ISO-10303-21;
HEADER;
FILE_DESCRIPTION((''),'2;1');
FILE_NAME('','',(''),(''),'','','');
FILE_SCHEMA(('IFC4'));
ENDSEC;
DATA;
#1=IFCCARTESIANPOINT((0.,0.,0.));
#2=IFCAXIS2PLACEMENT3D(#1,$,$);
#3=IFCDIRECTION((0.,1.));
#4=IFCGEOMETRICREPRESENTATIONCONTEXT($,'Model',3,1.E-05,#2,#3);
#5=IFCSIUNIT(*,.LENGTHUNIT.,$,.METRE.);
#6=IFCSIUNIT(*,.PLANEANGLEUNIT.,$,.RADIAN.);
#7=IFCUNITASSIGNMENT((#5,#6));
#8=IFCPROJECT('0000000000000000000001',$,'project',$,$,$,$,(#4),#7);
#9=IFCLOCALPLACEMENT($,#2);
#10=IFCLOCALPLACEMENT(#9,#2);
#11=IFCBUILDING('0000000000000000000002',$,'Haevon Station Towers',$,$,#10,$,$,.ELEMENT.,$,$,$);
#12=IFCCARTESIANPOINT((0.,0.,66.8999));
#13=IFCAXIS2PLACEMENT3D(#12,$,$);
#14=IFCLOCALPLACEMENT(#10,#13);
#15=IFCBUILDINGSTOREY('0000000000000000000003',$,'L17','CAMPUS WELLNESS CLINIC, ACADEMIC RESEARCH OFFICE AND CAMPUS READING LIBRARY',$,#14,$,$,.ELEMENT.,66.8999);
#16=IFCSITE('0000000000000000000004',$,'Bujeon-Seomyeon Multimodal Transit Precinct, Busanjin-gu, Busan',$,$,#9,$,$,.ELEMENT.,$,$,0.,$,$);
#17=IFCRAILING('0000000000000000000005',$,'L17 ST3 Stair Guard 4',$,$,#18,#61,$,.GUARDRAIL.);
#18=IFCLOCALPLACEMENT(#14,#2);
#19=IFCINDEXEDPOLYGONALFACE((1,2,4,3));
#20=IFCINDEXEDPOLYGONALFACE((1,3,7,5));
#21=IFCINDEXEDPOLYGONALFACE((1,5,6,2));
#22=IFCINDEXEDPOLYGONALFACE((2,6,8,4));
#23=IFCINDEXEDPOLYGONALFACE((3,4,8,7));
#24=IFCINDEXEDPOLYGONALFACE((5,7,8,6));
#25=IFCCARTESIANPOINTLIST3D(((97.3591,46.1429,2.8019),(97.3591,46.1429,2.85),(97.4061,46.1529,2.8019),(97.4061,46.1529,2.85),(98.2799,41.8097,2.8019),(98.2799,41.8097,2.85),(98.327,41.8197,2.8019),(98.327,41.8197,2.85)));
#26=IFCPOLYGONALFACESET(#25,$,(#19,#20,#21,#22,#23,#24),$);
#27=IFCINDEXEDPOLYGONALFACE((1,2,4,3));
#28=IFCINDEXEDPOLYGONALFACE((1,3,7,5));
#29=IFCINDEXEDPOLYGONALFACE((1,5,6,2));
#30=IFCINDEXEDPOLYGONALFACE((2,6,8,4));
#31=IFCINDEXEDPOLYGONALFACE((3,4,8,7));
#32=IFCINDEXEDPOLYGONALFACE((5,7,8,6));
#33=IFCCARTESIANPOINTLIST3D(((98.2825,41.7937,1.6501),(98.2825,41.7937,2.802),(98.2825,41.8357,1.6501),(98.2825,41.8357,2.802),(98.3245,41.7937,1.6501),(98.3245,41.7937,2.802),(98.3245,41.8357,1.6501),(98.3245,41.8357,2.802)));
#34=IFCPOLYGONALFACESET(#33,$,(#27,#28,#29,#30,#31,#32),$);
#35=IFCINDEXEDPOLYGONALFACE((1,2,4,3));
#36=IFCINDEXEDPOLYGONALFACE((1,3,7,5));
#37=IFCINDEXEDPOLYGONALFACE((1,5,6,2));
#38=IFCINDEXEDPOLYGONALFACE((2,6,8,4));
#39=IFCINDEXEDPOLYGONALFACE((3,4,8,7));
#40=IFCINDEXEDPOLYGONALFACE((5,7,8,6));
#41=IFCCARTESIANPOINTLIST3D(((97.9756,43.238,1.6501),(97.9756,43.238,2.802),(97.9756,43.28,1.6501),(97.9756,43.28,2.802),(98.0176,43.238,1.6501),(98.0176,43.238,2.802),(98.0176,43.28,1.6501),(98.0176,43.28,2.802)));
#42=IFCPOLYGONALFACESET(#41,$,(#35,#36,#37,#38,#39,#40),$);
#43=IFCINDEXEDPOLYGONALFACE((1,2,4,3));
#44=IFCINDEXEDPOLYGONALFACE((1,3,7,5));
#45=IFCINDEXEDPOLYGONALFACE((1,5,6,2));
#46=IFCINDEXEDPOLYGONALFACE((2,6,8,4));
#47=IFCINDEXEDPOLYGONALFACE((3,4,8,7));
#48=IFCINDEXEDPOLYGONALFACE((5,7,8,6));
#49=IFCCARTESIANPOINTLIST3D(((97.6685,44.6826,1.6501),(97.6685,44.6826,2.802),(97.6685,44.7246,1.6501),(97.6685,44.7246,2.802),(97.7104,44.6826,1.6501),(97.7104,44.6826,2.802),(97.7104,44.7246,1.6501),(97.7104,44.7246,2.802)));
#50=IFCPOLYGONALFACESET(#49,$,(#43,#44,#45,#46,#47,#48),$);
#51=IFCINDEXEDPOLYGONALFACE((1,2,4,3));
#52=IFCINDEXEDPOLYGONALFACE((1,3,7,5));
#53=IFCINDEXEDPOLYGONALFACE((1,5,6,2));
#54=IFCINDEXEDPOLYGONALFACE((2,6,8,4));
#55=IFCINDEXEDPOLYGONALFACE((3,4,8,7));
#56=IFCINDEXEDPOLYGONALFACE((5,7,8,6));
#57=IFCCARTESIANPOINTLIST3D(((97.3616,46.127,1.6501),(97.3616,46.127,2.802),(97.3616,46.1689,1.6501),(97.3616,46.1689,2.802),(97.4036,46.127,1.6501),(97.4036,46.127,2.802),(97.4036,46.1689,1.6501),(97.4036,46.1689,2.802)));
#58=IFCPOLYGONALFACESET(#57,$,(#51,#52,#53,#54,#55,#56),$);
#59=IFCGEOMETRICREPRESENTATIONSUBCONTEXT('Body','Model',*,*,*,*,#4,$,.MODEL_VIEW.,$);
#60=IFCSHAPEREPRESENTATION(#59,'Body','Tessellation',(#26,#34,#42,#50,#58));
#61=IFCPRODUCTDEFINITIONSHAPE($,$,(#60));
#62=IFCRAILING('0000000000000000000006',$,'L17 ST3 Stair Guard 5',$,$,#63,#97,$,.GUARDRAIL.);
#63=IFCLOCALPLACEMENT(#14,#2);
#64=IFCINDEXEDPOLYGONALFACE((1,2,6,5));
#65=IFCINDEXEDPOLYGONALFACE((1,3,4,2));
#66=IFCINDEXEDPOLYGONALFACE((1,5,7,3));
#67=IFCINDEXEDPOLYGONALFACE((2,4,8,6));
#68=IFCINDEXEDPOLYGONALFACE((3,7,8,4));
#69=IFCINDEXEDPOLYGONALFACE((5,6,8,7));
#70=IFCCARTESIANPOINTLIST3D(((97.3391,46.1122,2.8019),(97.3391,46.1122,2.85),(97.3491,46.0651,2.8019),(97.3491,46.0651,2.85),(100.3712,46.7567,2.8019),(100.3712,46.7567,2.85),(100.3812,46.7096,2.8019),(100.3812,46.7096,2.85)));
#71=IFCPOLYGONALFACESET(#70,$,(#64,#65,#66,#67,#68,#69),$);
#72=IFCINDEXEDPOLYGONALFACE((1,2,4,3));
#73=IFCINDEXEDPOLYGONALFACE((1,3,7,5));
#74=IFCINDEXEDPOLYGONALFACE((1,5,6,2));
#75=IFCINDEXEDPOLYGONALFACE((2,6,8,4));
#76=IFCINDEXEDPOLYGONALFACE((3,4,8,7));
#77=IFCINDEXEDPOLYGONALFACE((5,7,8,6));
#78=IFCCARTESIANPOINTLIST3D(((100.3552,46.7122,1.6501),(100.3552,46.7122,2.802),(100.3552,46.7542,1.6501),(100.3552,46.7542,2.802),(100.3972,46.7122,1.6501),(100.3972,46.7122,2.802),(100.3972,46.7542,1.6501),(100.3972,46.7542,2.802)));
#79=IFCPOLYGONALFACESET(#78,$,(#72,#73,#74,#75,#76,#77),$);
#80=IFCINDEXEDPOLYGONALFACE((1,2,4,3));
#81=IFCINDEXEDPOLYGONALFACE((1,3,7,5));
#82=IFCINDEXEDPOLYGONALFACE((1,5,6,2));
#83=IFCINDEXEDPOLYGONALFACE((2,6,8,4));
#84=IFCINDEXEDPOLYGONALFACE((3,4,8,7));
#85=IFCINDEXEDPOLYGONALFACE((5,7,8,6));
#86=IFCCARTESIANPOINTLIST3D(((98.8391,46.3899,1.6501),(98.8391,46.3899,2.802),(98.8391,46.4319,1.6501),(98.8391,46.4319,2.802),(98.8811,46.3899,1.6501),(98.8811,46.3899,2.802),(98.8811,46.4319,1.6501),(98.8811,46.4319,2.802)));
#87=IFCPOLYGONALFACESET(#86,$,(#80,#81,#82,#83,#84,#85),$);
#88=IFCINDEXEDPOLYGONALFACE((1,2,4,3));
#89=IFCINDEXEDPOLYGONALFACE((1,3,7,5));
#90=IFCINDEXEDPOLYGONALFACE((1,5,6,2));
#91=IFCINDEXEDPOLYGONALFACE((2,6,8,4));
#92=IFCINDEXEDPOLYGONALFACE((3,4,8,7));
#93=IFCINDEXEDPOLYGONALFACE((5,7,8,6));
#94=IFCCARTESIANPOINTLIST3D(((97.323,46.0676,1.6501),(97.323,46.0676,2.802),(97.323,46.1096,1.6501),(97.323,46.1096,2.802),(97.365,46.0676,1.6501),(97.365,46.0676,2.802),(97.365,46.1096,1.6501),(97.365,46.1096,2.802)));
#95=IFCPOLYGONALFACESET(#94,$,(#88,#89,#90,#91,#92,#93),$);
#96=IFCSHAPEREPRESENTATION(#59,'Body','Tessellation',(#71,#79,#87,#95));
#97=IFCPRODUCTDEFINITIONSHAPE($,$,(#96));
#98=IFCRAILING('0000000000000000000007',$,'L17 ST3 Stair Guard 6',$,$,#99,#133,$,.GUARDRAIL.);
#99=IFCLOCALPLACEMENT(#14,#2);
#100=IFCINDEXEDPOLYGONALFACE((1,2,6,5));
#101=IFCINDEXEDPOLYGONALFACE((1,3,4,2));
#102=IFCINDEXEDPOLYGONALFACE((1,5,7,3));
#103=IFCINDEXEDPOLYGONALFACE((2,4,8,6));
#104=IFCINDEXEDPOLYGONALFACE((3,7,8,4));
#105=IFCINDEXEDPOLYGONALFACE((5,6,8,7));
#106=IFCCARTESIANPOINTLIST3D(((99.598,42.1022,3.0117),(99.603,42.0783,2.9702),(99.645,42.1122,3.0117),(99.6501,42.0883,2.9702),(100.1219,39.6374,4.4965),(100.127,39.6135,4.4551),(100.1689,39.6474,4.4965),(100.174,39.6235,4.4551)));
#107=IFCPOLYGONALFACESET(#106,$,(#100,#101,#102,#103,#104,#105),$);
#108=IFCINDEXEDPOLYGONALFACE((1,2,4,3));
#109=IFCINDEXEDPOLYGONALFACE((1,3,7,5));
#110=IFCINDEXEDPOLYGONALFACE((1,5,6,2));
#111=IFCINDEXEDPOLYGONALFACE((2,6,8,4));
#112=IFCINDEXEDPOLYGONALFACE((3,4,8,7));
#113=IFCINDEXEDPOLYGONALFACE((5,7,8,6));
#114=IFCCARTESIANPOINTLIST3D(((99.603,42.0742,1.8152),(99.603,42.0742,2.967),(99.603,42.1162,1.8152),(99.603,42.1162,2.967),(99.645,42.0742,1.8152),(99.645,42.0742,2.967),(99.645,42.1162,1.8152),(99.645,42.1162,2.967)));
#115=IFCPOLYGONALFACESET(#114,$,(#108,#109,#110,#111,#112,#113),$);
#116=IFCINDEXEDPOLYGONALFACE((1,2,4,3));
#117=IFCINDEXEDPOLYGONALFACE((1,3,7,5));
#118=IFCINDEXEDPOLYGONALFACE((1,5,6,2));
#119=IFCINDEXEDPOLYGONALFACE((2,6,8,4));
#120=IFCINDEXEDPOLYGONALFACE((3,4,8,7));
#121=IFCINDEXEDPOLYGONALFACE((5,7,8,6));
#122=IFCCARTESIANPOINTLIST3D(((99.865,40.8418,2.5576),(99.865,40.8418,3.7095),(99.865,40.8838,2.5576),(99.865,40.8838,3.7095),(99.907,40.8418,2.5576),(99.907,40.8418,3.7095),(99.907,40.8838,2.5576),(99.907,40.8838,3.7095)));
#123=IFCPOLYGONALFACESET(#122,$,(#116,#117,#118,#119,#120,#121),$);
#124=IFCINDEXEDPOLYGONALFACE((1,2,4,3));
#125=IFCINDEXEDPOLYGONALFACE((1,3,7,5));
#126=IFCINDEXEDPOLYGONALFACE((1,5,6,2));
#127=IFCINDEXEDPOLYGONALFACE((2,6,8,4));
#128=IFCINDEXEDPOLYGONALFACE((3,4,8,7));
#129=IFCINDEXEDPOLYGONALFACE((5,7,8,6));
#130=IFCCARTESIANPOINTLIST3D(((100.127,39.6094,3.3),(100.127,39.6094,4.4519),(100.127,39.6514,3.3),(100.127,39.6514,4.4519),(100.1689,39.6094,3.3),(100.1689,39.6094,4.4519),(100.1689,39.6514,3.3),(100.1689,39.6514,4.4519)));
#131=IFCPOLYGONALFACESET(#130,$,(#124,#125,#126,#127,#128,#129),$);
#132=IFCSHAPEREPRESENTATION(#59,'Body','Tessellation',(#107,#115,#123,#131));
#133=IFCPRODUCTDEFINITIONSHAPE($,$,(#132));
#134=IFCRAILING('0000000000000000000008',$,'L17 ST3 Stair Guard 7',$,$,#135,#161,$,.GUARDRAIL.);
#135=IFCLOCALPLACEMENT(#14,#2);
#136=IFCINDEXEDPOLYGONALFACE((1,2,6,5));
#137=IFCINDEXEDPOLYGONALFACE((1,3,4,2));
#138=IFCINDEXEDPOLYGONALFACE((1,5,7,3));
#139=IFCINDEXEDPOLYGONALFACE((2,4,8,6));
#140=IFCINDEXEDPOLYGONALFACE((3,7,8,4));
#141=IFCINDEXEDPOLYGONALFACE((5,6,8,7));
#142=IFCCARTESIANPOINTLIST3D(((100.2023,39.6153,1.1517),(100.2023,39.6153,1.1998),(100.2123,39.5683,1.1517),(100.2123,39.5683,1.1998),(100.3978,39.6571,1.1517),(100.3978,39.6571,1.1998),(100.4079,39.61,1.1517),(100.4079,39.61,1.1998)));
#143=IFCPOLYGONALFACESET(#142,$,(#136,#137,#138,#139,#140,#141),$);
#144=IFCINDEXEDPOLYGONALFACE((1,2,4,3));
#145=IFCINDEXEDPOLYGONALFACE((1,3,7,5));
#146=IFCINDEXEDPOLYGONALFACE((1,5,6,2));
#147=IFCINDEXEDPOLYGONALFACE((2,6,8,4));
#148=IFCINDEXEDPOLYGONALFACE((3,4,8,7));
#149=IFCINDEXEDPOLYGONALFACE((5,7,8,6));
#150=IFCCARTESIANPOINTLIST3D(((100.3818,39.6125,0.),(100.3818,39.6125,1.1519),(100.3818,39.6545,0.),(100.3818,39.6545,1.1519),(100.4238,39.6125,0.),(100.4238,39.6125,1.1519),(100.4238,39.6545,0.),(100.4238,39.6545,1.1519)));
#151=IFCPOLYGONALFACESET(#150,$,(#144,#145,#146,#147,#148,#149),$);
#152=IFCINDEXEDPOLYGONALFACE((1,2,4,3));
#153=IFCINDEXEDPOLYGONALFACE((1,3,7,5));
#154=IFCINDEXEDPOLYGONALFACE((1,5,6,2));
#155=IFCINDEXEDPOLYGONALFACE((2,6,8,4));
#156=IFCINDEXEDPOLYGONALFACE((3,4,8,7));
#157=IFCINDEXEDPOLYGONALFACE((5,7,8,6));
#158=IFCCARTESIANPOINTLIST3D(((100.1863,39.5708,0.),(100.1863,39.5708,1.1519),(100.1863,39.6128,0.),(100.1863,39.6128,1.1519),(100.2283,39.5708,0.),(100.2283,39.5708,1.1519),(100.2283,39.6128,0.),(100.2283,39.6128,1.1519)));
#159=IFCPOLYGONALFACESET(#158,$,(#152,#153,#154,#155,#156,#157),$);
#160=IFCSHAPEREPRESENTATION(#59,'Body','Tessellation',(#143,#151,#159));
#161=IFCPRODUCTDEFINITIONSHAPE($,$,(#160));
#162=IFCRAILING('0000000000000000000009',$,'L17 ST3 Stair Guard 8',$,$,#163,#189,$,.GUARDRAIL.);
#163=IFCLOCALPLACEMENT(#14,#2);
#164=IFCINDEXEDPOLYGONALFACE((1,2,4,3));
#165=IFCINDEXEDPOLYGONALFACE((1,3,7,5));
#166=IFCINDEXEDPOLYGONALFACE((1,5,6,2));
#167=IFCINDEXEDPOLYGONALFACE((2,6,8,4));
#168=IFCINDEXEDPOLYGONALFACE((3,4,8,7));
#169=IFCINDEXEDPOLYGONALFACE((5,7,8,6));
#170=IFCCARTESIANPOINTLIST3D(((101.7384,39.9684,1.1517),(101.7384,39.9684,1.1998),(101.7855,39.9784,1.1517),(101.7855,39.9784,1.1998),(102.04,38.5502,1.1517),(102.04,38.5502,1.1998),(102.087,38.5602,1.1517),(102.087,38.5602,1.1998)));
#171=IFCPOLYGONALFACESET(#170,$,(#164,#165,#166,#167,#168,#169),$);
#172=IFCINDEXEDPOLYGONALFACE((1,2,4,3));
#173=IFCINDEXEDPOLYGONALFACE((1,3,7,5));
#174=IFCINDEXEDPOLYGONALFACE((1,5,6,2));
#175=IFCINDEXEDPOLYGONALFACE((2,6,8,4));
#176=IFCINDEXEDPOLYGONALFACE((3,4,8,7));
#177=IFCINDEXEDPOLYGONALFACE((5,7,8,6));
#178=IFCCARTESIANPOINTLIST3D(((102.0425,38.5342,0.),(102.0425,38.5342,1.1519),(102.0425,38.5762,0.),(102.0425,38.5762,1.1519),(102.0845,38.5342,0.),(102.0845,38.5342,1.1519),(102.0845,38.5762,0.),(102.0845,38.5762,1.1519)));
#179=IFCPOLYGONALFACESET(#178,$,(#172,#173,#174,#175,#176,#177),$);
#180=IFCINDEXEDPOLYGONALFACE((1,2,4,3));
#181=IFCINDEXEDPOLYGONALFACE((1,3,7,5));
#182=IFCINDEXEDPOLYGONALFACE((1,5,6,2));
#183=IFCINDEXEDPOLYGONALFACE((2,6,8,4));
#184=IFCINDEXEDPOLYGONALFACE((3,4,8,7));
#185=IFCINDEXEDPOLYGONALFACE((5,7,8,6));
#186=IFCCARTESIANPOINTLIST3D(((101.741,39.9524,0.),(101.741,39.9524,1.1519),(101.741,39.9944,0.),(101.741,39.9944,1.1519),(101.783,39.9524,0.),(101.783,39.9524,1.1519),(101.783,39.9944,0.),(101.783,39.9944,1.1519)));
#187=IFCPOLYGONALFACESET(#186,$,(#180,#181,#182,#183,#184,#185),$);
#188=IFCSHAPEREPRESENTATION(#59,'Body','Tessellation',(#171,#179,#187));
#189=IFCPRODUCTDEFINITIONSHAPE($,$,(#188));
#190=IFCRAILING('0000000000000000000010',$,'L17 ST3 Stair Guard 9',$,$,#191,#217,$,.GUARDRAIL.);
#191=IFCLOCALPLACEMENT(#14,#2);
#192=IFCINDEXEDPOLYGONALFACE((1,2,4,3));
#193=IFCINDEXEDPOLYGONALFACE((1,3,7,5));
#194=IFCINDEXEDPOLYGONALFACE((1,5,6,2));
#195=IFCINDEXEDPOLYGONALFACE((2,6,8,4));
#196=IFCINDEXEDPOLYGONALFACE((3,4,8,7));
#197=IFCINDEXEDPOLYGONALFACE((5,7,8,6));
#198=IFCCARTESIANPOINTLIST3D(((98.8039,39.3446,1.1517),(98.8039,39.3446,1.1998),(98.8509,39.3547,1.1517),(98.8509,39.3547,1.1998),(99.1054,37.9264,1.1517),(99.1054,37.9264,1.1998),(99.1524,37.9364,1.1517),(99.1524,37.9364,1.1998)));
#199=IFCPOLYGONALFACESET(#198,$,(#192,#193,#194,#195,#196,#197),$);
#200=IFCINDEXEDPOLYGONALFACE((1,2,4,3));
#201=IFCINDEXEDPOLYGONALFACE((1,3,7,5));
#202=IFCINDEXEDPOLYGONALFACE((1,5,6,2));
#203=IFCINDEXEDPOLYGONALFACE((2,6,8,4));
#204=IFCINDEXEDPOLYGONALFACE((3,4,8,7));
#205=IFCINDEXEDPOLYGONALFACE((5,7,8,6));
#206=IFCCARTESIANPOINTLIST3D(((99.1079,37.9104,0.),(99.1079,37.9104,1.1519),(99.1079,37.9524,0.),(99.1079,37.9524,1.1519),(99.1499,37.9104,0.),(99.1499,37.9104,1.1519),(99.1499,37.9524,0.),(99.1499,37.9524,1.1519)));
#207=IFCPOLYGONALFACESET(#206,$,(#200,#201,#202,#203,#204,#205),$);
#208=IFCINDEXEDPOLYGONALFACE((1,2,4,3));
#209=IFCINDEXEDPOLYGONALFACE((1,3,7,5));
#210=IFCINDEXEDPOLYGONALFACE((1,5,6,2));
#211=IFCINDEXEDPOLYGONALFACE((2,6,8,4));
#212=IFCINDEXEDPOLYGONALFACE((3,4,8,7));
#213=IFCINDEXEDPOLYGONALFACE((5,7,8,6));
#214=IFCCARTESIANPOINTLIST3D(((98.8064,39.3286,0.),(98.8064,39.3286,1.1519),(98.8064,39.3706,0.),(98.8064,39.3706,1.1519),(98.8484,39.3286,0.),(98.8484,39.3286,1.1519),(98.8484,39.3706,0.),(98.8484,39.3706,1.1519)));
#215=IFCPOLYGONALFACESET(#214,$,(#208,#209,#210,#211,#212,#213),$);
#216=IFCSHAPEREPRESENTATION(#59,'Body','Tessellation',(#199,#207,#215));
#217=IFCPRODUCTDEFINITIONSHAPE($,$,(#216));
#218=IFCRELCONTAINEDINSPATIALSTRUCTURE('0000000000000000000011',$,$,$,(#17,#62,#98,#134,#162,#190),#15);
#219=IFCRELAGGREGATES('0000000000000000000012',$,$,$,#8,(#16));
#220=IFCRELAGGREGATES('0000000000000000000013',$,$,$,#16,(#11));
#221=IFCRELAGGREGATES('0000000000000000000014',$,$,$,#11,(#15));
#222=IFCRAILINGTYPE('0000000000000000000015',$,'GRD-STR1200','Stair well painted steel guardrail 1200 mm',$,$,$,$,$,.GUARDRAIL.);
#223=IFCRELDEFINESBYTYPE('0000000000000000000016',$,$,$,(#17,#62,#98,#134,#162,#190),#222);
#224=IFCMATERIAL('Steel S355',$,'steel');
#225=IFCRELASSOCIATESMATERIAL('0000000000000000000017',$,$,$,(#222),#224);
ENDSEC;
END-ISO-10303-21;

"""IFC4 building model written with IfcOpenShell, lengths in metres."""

from ifc_helpers import new_model, si_unit, direction, frame, origin, origin_2d, place, context, subcontext, project, spatial, rectangle, extrude, material, type_object, element, save


model = new_model("IFC4")

# Units and contexts
model_context = context("Model", 3, precision=1e-05, world=origin(), true_north=direction((0.0, 1.0)))
body_context = subcontext(model_context, "Body", "Model", "MODEL_VIEW")
ifc_project = project(units=[si_unit("LENGTHUNIT", "METRE"), si_unit("PLANEANGLEUNIT", "RADIAN")], contexts=[model_context])

# Site, building, storey
site_placement = place(None, origin())
site = spatial("IfcSite", under=ifc_project, at=site_placement, Name="Bujeon-Seomyeon Multimodal Transit Precinct, Busanjin-gu, Busan", CompositionType="ELEMENT", RefElevation=0.0)
building_placement = place(site_placement, origin())
building = spatial("IfcBuilding", under=site, at=building_placement, Name="Haevon Station Towers", CompositionType="ELEMENT")
storey_placement = place(building_placement, frame((0.0, 0.0, 66.8999)))
storey = spatial("IfcBuildingStorey", under=building, at=storey_placement, Name="L17", Description="CAMPUS WELLNESS CLINIC, ACADEMIC RESEARCH OFFICE AND CAMPUS READING LIBRARY", CompositionType="ELEMENT", Elevation=66.8999)

# Shared definitions
ifc_material_1 = material(Name="Steel S355", Category="steel")

# Railings
railing_type_1 = type_object("IfcRailingType", Name="GRD-STR1200", Description="Stair well painted steel guardrail 1200 mm", PredefinedType="GUARDRAIL", material=ifc_material_1)
railing_1_placement = place(storey_placement, frame((98.3035, 41.8147, 1.6501)))
element("IfcRailing", 1, at=railing_1_placement, inside=storey, type_object=railing_type_1, Name="L17 ST3 Stair Guard 4", PredefinedType="GUARDRAIL", context=body_context, shape_type="SweptSolid", body=[
    extrude(rectangle(XDim=0.0481, YDim=0.0481, at=origin_2d()), frame((0.0, 0.0, 1.1758), z_axis=(-0.207877, 0.978155, 0.0), x_axis=(-0.978155, -0.207877, 0.0)), (0.0, 0.0, 1.0), 4.4299),
    extrude(rectangle(XDim=0.042, YDim=0.042, at=origin_2d()), origin(), (0.0, 0.0, 1.0), 1.1519),
    extrude(rectangle(XDim=0.042, YDim=0.042, at=origin_2d()), frame((-0.3069, 1.4443, 0.0)), (0.0, 0.0, 1.0), 1.1519),
    extrude(rectangle(XDim=0.042, YDim=0.042, at=origin_2d()), frame((-0.614, 2.8889, 0.0)), (0.0, 0.0, 1.0), 1.1519),
    extrude(rectangle(XDim=0.042, YDim=0.042, at=origin_2d()), frame((-0.9209, 4.3333, 0.0)), (0.0, 0.0, 1.0), 1.1519),
])
railing_2_placement = place(storey_placement, frame((100.3762, 46.7332, 1.6501)))
element("IfcRailing", 2, at=railing_2_placement, inside=storey, type_object=railing_type_1, Name="L17 ST3 Stair Guard 5", PredefinedType="GUARDRAIL", context=body_context, shape_type="SweptSolid", body=[
    extrude(rectangle(XDim=0.0481, YDim=0.0481, at=origin_2d()), frame((0.0, 0.0, 1.1758), z_axis=(-0.978147, -0.207915, 0.0), x_axis=(0.207915, -0.978147, 0.0)), (0.0, 0.0, 1.0), 3.0999),
    extrude(rectangle(XDim=0.042, YDim=0.042, at=origin_2d()), origin(), (0.0, 0.0, 1.0), 1.1519),
    extrude(rectangle(XDim=0.042, YDim=0.042, at=origin_2d()), frame((-1.5161, -0.3223, 0.0)), (0.0, 0.0, 1.0), 1.1519),
    extrude(rectangle(XDim=0.042, YDim=0.042, at=origin_2d()), frame((-3.0322, -0.6445, 0.0)), (0.0, 0.0, 1.0), 1.1519),
])
railing_3_placement = place(storey_placement, frame((99.624, 42.0952, 1.8152)))
element("IfcRailing", 3, at=railing_3_placement, inside=storey, type_object=railing_type_1, Name="L17 ST3 Stair Guard 6", PredefinedType="GUARDRAIL", context=body_context, shape_type="SweptSolid", body=[
    extrude(rectangle(XDim=0.0481, YDim=0.0481, at=origin_2d()), frame((0.0, 0.0, 1.1758), z_axis=(0.179129, -0.842724, 0.507671), x_axis=(0.978147, 0.207914, 0.0)), (0.0, 0.0, 1.0), 2.9248),
    extrude(rectangle(XDim=0.042, YDim=0.042, at=origin_2d()), origin(), (0.0, 0.0, 1.0), 1.1519),
    extrude(rectangle(XDim=0.042, YDim=0.042, at=origin_2d()), frame((0.262, -1.2324, 0.7424)), (0.0, 0.0, 1.0), 1.1519),
    extrude(rectangle(XDim=0.042, YDim=0.042, at=origin_2d()), frame((0.5239, -2.4648, 1.4849)), (0.0, 0.0, 1.0), 1.1519),
])
railing_4_placement = place(storey_placement, frame((100.4028, 39.6335, 0.0)))
element("IfcRailing", 4, at=railing_4_placement, inside=storey, type_object=railing_type_1, Name="L17 ST3 Stair Guard 7", PredefinedType="GUARDRAIL", context=body_context, shape_type="SweptSolid", body=[
    extrude(rectangle(XDim=0.0481, YDim=0.0481, at=origin_2d()), frame((0.0, 0.0, 1.1758), z_axis=(-0.977963, -0.208779, 0.0), x_axis=(0.208779, -0.977963, 0.0)), (0.0, 0.0, 1.0), 0.2),
    extrude(rectangle(XDim=0.042, YDim=0.042, at=origin_2d()), origin(), (0.0, 0.0, 1.0), 1.1519),
    extrude(rectangle(XDim=0.042, YDim=0.042, at=origin_2d()), frame((-0.1956, -0.0417, 0.0)), (0.0, 0.0, 1.0), 1.1519),
])
for number, where, name in (
    (5, (102.0635, 38.5552, 0.0), "L17 ST3 Stair Guard 8"),
    (6, (99.1289, 37.9314, 0.0), "L17 ST3 Stair Guard 9"),
):
    element("IfcRailing", number, at=place(storey_placement, frame(where)), inside=storey, type_object=railing_type_1, Name=name, PredefinedType="GUARDRAIL", context=body_context, shape_type="SweptSolid", body=[
        extrude(rectangle(XDim=0.0481, YDim=0.0481, at=origin_2d()), frame((0.0, 0.0, 1.1758), z_axis=(-0.207953, 0.978139, 0.0), x_axis=(-0.978139, -0.207953, 0.0)), (0.0, 0.0, 1.0), 1.45),
        extrude(rectangle(XDim=0.042, YDim=0.042, at=origin_2d()), origin(), (0.0, 0.0, 1.0), 1.1519),
        extrude(rectangle(XDim=0.042, YDim=0.042, at=origin_2d()), frame((-0.3015, 1.4182, 0.0)), (0.0, 0.0, 1.0), 1.1519),
    ])

save(model, "model.ifc")
